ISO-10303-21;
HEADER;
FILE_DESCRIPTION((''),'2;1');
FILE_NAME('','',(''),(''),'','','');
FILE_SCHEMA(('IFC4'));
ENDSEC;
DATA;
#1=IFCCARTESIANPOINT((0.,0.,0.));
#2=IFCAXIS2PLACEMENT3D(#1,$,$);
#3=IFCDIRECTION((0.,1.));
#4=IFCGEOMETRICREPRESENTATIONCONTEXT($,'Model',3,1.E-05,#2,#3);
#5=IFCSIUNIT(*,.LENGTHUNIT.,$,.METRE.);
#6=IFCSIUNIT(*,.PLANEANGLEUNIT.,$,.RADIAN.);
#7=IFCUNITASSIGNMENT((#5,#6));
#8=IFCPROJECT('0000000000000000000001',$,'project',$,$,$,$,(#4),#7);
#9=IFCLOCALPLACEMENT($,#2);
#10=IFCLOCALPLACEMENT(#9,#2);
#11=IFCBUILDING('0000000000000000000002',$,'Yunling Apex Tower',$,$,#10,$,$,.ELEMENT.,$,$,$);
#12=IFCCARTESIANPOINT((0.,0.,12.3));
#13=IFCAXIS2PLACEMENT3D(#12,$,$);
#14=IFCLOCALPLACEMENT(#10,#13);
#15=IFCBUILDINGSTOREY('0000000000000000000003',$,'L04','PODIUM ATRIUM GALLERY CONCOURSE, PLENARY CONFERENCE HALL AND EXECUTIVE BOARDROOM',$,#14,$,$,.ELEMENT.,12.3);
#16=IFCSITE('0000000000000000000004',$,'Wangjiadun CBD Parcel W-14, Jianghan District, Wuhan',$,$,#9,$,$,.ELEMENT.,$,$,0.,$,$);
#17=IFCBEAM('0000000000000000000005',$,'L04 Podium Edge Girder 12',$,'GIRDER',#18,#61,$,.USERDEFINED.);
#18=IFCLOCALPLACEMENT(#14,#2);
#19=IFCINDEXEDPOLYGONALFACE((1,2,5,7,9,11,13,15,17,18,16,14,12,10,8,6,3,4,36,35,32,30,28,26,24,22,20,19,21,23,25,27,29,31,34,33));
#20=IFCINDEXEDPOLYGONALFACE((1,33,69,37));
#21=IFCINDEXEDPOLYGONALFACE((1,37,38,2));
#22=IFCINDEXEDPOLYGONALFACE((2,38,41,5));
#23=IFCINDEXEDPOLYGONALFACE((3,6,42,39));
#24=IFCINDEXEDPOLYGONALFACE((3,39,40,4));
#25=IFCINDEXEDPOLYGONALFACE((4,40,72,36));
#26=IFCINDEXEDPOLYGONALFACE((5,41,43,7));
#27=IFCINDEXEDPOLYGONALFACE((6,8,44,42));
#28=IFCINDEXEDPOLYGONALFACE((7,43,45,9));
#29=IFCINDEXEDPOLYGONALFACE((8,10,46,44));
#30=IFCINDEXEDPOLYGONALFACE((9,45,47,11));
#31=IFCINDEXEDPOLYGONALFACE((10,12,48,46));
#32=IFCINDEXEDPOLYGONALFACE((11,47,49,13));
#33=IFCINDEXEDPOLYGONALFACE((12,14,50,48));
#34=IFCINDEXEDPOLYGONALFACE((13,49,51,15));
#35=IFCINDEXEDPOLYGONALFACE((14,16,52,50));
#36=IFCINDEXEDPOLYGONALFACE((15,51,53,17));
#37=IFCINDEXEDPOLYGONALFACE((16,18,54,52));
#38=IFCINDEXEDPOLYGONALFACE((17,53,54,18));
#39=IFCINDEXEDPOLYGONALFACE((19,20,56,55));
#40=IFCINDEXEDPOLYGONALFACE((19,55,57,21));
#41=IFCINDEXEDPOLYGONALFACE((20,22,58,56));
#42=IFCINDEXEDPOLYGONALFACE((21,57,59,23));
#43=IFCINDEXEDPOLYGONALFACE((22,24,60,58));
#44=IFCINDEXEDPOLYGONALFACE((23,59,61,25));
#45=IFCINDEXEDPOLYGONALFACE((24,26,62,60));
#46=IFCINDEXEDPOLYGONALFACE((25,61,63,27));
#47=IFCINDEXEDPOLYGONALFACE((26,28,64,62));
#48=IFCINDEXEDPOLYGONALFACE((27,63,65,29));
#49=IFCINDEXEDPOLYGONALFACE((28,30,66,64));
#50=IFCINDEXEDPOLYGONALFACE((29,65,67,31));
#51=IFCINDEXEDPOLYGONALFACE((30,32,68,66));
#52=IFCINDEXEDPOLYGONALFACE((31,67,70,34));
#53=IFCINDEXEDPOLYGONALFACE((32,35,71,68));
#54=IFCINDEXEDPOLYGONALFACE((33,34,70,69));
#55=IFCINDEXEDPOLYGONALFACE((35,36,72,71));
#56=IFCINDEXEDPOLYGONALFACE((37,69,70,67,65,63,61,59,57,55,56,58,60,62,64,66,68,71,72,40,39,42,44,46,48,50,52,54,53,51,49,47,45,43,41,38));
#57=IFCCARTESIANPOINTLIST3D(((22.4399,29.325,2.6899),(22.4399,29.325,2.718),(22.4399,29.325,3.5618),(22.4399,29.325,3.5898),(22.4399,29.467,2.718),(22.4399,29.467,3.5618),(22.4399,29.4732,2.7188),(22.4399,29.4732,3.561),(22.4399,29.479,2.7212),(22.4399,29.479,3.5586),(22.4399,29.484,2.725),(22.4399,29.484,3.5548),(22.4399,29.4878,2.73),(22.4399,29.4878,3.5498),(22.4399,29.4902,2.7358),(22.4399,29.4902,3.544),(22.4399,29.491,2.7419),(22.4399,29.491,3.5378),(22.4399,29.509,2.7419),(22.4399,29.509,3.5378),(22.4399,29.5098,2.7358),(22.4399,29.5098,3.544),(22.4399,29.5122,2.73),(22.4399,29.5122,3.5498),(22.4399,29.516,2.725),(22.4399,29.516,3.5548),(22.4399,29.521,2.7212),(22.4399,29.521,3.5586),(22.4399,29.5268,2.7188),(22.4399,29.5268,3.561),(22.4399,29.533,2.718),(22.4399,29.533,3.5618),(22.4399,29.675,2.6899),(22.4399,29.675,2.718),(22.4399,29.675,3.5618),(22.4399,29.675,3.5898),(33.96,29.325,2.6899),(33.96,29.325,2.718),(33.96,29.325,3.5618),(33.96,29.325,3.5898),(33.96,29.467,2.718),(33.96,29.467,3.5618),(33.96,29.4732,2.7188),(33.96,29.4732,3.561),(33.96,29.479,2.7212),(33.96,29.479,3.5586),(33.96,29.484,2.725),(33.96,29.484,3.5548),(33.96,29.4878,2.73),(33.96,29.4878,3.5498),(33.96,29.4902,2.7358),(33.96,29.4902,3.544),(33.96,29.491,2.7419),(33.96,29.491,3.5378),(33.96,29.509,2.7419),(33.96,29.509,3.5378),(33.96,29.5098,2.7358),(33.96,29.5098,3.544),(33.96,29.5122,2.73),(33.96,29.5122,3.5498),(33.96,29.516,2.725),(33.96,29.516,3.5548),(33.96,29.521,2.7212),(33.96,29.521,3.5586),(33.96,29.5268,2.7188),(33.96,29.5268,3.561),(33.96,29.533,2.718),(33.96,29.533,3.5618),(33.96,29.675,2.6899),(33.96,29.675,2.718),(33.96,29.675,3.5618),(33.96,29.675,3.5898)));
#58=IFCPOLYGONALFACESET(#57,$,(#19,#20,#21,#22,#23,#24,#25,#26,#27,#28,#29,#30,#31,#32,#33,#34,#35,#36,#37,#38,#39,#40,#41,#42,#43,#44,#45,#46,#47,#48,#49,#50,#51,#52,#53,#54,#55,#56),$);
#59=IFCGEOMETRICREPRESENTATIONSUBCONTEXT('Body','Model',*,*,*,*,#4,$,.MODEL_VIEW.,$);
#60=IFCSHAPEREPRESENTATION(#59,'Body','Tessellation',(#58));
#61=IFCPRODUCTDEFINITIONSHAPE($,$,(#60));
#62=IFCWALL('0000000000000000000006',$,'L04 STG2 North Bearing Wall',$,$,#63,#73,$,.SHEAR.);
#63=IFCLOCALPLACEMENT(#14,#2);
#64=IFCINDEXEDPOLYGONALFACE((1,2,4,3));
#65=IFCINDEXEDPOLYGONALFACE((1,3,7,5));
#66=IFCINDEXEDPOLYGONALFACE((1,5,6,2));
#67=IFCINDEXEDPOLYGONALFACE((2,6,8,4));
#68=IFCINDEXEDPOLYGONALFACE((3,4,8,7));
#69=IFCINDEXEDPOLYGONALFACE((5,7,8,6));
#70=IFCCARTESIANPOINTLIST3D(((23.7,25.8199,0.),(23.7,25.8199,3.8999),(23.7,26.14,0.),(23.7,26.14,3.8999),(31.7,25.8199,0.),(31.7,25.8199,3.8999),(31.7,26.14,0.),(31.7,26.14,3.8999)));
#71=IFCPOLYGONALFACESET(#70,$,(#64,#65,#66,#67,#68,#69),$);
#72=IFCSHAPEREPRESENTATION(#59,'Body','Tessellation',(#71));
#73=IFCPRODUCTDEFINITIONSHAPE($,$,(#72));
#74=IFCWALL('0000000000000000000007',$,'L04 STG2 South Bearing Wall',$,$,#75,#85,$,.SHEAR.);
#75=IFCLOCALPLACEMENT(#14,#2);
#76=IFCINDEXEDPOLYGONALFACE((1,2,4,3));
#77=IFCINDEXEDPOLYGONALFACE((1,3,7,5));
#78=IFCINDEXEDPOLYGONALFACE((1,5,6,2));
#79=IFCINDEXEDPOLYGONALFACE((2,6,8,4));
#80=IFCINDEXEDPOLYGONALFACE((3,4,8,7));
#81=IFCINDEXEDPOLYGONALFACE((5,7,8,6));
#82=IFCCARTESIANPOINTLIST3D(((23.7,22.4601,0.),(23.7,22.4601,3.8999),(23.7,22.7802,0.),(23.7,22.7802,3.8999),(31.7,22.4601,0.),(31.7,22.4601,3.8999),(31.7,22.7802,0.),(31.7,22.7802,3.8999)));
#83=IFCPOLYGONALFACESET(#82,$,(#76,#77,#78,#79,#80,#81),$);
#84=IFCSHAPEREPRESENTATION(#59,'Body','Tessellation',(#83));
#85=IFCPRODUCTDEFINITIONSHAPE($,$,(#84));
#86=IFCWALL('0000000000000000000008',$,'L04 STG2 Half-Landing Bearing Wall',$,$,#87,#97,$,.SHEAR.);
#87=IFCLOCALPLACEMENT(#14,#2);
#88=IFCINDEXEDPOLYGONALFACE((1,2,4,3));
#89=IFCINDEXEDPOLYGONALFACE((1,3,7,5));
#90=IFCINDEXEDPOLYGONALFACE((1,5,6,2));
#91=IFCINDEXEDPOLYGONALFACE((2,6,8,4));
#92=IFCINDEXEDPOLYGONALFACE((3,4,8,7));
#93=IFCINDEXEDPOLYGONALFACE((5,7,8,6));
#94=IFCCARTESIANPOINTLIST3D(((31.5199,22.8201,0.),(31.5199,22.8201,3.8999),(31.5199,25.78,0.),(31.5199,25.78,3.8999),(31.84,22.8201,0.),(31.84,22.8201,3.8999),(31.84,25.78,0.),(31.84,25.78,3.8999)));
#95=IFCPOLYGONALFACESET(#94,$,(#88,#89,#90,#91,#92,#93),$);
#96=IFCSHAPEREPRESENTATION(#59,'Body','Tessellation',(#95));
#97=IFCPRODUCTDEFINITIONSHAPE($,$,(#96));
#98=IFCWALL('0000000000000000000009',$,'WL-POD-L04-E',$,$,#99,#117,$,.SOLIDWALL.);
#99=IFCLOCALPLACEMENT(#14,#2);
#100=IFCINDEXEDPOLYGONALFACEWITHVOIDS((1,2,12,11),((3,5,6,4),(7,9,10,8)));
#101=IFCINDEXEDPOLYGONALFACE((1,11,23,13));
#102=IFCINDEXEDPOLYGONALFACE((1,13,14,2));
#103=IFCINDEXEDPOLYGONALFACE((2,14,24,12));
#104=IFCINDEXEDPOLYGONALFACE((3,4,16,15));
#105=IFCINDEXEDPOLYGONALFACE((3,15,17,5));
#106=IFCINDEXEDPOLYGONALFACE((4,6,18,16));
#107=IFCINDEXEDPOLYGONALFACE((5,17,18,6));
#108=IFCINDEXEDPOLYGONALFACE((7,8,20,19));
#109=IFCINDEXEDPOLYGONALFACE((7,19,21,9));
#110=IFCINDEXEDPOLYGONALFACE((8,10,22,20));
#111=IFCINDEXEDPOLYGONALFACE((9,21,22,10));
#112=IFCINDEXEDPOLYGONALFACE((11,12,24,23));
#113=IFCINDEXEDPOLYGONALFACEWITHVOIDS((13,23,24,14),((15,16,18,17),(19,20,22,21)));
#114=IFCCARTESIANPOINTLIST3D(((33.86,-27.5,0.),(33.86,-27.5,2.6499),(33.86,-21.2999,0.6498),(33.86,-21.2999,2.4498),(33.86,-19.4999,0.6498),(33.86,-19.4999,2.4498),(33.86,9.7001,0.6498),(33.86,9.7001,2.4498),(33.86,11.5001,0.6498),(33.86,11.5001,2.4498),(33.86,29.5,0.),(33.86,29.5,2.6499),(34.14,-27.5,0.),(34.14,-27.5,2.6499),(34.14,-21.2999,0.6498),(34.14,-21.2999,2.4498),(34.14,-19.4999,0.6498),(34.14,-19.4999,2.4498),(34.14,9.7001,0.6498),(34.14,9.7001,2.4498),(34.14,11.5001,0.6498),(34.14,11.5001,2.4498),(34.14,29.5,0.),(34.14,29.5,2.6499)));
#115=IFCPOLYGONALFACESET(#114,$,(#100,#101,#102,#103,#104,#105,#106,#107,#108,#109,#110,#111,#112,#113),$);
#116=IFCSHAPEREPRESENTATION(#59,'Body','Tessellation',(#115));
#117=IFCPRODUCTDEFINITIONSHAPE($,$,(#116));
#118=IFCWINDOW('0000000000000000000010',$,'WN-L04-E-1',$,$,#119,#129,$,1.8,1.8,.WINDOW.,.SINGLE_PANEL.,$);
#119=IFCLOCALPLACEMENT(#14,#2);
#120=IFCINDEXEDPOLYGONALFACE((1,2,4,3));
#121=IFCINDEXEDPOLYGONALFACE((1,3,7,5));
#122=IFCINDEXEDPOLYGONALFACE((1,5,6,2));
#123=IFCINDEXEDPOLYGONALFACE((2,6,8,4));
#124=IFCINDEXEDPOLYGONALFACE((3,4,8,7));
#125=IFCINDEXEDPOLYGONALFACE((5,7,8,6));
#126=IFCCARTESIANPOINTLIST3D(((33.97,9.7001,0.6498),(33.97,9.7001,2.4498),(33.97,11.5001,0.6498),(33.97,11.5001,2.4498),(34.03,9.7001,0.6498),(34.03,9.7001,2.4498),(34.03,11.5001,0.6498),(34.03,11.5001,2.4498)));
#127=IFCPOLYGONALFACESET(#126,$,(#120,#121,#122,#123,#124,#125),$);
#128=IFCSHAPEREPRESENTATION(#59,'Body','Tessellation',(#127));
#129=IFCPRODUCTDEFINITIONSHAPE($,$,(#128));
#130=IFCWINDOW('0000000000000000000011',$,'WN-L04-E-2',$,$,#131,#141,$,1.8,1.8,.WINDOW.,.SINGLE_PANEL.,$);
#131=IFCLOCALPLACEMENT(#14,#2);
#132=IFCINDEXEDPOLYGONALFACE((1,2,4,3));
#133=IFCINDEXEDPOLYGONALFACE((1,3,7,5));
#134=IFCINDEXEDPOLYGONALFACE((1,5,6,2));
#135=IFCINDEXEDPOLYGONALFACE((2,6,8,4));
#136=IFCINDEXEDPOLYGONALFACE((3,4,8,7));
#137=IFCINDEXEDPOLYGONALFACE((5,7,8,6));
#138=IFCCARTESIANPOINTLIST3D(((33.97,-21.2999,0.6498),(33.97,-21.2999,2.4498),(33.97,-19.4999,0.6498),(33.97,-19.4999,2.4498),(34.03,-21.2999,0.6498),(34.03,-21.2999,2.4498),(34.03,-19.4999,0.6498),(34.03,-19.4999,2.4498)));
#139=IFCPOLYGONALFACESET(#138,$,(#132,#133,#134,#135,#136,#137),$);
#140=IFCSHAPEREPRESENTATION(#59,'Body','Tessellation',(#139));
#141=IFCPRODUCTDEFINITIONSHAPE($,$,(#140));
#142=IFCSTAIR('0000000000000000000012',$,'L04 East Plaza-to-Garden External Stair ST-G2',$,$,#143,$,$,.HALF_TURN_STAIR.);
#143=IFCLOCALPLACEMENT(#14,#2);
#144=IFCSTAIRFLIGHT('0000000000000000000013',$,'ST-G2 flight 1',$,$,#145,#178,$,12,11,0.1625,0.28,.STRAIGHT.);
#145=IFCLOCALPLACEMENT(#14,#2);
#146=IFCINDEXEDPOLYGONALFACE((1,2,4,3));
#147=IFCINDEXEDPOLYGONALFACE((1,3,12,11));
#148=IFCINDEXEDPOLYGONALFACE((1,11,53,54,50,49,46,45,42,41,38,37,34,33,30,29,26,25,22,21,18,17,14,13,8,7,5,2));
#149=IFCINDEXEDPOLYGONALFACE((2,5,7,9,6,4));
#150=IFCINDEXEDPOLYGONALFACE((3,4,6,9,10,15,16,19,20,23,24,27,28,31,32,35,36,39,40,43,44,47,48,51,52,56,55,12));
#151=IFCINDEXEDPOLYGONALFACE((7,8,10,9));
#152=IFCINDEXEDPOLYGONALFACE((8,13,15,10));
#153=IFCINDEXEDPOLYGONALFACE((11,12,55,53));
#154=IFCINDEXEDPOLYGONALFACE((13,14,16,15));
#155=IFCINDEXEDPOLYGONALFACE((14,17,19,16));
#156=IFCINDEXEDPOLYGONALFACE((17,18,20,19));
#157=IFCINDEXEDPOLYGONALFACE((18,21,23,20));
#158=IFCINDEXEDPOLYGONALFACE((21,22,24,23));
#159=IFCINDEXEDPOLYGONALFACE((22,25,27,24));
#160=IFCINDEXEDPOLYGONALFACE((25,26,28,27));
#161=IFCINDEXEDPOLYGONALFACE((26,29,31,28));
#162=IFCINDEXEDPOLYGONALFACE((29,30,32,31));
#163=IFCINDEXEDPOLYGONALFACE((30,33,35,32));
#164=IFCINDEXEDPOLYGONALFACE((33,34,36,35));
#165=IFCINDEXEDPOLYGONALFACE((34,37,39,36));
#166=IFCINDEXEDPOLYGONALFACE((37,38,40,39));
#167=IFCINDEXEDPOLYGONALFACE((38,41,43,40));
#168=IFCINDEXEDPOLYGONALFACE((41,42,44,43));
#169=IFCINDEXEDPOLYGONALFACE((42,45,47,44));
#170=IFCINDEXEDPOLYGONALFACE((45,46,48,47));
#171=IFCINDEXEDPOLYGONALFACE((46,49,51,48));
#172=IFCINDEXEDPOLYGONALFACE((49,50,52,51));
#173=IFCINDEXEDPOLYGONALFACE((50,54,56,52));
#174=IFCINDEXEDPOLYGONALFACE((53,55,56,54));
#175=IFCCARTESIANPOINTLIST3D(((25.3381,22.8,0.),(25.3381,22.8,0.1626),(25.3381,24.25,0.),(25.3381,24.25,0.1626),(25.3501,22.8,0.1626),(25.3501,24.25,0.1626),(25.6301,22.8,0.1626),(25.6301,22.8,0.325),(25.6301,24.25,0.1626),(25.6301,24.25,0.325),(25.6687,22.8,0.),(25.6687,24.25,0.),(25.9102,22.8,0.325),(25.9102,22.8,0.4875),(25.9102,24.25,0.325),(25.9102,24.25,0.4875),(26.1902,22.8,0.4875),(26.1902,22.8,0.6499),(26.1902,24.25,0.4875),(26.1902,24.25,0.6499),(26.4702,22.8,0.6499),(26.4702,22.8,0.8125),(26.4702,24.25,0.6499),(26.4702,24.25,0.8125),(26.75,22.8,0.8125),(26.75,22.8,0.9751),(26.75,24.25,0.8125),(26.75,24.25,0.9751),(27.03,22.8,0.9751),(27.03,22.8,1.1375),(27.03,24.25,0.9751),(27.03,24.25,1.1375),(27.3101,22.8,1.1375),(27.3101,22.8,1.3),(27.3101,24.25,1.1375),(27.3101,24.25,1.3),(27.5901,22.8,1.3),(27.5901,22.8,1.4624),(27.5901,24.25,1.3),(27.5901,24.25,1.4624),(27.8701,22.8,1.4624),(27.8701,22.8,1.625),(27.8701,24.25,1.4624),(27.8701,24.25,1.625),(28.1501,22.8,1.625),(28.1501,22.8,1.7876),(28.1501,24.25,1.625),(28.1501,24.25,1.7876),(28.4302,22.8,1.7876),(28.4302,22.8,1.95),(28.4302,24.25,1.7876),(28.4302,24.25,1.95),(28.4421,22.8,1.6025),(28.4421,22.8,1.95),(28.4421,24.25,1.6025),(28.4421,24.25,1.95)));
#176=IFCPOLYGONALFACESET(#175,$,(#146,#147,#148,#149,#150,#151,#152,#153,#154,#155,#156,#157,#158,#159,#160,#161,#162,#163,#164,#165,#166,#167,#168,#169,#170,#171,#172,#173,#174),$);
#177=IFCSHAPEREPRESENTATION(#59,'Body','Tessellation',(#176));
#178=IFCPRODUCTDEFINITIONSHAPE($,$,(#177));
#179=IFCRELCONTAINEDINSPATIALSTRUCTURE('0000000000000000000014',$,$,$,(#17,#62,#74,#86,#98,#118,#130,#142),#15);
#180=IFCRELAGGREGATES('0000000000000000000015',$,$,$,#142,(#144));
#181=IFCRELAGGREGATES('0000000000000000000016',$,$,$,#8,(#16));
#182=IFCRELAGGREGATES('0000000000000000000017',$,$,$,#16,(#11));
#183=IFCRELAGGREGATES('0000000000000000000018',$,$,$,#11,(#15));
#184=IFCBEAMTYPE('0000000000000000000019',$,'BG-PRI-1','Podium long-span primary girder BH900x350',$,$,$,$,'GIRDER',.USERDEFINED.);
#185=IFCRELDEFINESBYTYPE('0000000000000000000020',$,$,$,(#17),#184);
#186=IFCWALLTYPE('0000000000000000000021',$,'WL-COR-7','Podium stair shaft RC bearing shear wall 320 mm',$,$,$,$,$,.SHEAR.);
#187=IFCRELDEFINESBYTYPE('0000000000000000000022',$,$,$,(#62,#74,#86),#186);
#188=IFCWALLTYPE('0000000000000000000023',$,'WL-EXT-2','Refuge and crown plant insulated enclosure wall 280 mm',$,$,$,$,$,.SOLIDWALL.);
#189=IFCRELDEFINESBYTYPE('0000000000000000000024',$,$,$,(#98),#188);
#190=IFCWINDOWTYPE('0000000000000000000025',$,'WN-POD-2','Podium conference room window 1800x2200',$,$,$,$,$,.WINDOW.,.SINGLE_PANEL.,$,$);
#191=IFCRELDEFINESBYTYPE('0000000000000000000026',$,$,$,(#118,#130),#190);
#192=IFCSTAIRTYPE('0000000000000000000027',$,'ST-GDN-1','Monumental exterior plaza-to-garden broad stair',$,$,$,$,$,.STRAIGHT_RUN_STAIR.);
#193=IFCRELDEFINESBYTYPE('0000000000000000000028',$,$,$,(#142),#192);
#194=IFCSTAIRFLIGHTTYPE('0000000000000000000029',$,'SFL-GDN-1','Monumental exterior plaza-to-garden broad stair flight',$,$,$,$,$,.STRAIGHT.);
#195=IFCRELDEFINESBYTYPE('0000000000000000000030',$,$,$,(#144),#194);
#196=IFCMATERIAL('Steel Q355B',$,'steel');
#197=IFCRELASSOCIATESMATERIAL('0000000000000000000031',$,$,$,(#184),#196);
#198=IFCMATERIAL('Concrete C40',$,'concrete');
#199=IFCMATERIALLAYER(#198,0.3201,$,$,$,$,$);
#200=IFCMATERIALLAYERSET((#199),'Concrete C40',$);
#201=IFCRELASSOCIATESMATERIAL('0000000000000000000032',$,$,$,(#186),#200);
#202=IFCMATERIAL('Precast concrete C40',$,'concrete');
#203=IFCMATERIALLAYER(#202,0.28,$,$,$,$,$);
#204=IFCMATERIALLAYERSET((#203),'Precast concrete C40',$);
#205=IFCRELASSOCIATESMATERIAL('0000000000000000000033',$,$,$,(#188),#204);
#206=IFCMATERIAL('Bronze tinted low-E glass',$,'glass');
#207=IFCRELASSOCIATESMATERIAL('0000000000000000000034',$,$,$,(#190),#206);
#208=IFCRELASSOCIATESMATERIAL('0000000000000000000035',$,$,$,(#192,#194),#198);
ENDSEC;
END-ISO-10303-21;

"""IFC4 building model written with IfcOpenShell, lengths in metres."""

from ifc_helpers import new_model, si_unit, direction, frame, frame_2d, origin, origin_2d, place, context, subcontext, project, spatial, polyline, rectangle, i_section, outline, extrude, source, transform, mapped, material, layer, layer_set, material_profile, profile_set, type_object, element, fill, aggregate, save


model = new_model("IFC4")

# Units and contexts
model_context = context("Model", 3, precision=1e-05, world=origin(), true_north=direction((0.0, 1.0)))
body_context = subcontext(model_context, "Body", "Model", "MODEL_VIEW")
ifc_project = project(units=[si_unit("LENGTHUNIT", "METRE"), si_unit("PLANEANGLEUNIT", "RADIAN")], contexts=[model_context])

# Site, building, storey
site_placement = place(None, origin())
site = spatial("IfcSite", under=ifc_project, at=site_placement, Name="Wangjiadun CBD Parcel W-14, Jianghan District, Wuhan", CompositionType="ELEMENT", RefElevation=0.0)
building_placement = place(site_placement, origin())
building = spatial("IfcBuilding", under=site, at=building_placement, Name="Yunling Apex Tower", CompositionType="ELEMENT")
storey_placement = place(building_placement, frame((0.0, 0.0, 12.3)))
storey = spatial("IfcBuildingStorey", under=building, at=storey_placement, Name="L04", Description="PODIUM ATRIUM GALLERY CONCOURSE, PLENARY CONFERENCE HALL AND EXECUTIVE BOARDROOM", CompositionType="ELEMENT", Elevation=12.3)

# Beam
ifc_material_1 = material(Name="Steel Q355B", Category="steel")
ifc_material_profile_1 = material_profile(ifc_material_1, i_section(OverallWidth=0.3501, OverallDepth=0.8999, WebThickness=0.0181, FlangeThickness=0.0281, FilletRadius=0.0239, at=origin_2d()))
ifc_profile_set_1 = profile_set([ifc_material_profile_1], Name="Steel Q355B")
beam_type_1 = type_object("IfcBeamType", Name="BG-PRI-1", Description="Podium long-span primary girder BH900x350", ElementType="GIRDER", PredefinedType="USERDEFINED", material=ifc_profile_set_1)
shared_shape_1 = source(origin(), body_context, "Body", "SweptSolid", [
    extrude(i_section(OverallWidth=0.3501, OverallDepth=0.8999, WebThickness=0.0181, FlangeThickness=0.0281, FilletRadius=0.0239, at=origin_2d()), origin(), (0.0, 0.0, 1.0), 11.52),
])
beam_1_placement = place(storey_placement, frame((22.4399, 29.5, 3.1399), z_axis=(1.0, 0.0, 0.0), x_axis=(0.0, 1.0, 0.0)))
element("IfcBeam", 1, at=beam_1_placement, inside=storey, type_object=beam_type_1, Name="L04 Podium Edge Girder 12", ObjectType="GIRDER", PredefinedType="USERDEFINED", context=body_context, shape_type="MappedRepresentation", body=[
    mapped(shared_shape_1, transform((0.0, 0.0, 0.0), scale=1.0)),
])

# Walls
ifc_material_2 = material(Name="Concrete C40", Category="concrete")
ifc_layer_1 = layer(ifc_material_2, 0.3201)
ifc_layer_set_1 = layer_set([ifc_layer_1], Name="Concrete C40")
wall_type_1 = type_object("IfcWallType", Name="WL-COR-7", Description="Podium stair shaft RC bearing shear wall 320 mm", PredefinedType="SHEAR", material=ifc_layer_set_1)
for number, where, z_axis, x_axis, name in (
    (2, (23.7, 25.98, 0.0), (0.0, 0.0, 1.0), (1.0, 0.0, 0.0), "L04 STG2 North Bearing Wall"),
    (3, (23.7, 22.6201, 0.0), (0.0, 0.0, 1.0), (1.0, 0.0, 0.0), "L04 STG2 South Bearing Wall"),
):
    element("IfcWall", number, at=place(storey_placement, frame(where, z_axis=z_axis, x_axis=x_axis)), inside=storey, type_object=wall_type_1, Name=name, PredefinedType="SHEAR", context=body_context, shape_type="SweptSolid", body=[
        extrude(rectangle(XDim=8.0, YDim=0.3201, at=frame_2d((4.0, 0.0))), origin(), (0.0, 0.0, 1.0), 3.8999),
    ])
wall_1_placement = place(storey_placement, frame((31.6799, 22.8201, 0.0), z_axis=(0.0, 0.0, 1.0), x_axis=(0.0, 1.0, 0.0)))
element("IfcWall", 4, at=wall_1_placement, inside=storey, type_object=wall_type_1, Name="L04 STG2 Half-Landing Bearing Wall", PredefinedType="SHEAR", context=body_context, shape_type="SweptSolid", body=[
    extrude(rectangle(XDim=2.96, YDim=0.3201, at=frame_2d((1.48, 0.0))), origin(), (0.0, 0.0, 1.0), 3.8999),
])

# Wall, openings, windows
ifc_material_3 = material(Name="Precast concrete C40", Category="concrete")
ifc_layer_2 = layer(ifc_material_3, 0.28)
ifc_layer_set_2 = layer_set([ifc_layer_2], Name="Precast concrete C40")
wall_type_2 = type_object("IfcWallType", Name="WL-EXT-2", Description="Refuge and crown plant insulated enclosure wall 280 mm", PredefinedType="SOLIDWALL", material=ifc_layer_set_2)
wall_2_placement = place(storey_placement, frame((34.0, 29.5, 0.0), z_axis=(0.0, 0.0, 1.0), x_axis=(0.0, -1.0, 0.0)))
wall_2 = element("IfcWall", 5, at=wall_2_placement, inside=storey, type_object=wall_type_2, Name="WL-POD-L04-E", PredefinedType="SOLIDWALL", context=body_context, shape_type="SweptSolid", body=[
    extrude(rectangle(XDim=57.0, YDim=0.28, at=frame_2d((28.5, 0.0))), origin(), (0.0, 0.0, 1.0), 2.6499),
])
opening_1_placement = place(wall_2_placement, frame((18.0, 0.0, 0.6499)))
opening_1 = element("IfcOpeningElement", 6, at=opening_1_placement, cuts=wall_2, PredefinedType="OPENING", context=body_context, shape_type="SweptSolid", body=[
    extrude(rectangle(XDim=1.8, YDim=1.8, at=frame_2d((0.8999, 0.8999))), frame((0.0, 0.1499, 0.0), z_axis=(0.0, -1.0, 0.0), x_axis=(1.0, 0.0, 0.0)), (0.0, 0.0, 1.0), 0.3),
])
opening_2_placement = place(wall_2_placement, frame((49.0, 0.0, 0.6499)))
opening_2 = element("IfcOpeningElement", 7, at=opening_2_placement, cuts=wall_2, PredefinedType="OPENING", context=body_context, shape_type="SweptSolid", body=[
    extrude(rectangle(XDim=1.8, YDim=1.8, at=frame_2d((0.8999, 0.8999))), frame((0.0, 0.1499, 0.0), z_axis=(0.0, -1.0, 0.0), x_axis=(1.0, 0.0, 0.0)), (0.0, 0.0, 1.0), 0.3),
])
ifc_material_4 = material(Name="Bronze tinted low-E glass", Category="glass")
window_type = type_object("IfcWindowType", Name="WN-POD-2", Description="Podium conference room window 1800x2200", PartitioningType="SINGLE_PANEL", PredefinedType="WINDOW", material=ifc_material_4)
window_1_placement = place(opening_1_placement, origin())
window_1 = element("IfcWindow", 8, at=window_1_placement, inside=storey, type_object=window_type, Name="WN-L04-E-1", OverallHeight=1.8, OverallWidth=1.8, PartitioningType="SINGLE_PANEL", PredefinedType="WINDOW", context=body_context, shape_type="SweptSolid", body=[
    extrude(rectangle(XDim=1.8, YDim=1.8, at=frame_2d((0.8999, 0.8999))), frame((0.0, 0.03, 0.0), z_axis=(0.0, -1.0, 0.0), x_axis=(1.0, 0.0, 0.0)), (0.0, 0.0, 1.0), 0.0601),
])
fill(opening_1, window_1)
window_2_placement = place(opening_2_placement, origin())
window_2 = element("IfcWindow", 9, at=window_2_placement, inside=storey, type_object=window_type, Name="WN-L04-E-2", OverallHeight=1.8, OverallWidth=1.8, PartitioningType="SINGLE_PANEL", PredefinedType="WINDOW", context=body_context, shape_type="SweptSolid", body=[
    extrude(rectangle(XDim=1.8, YDim=1.8, at=frame_2d((0.8999, 0.8999))), frame((0.0, 0.03, 0.0), z_axis=(0.0, -1.0, 0.0), x_axis=(1.0, 0.0, 0.0)), (0.0, 0.0, 1.0), 0.0601),
])
fill(opening_2, window_2)

# Stair, stair flight
stair_type = type_object("IfcStairType", Name="ST-GDN-1", Description="Monumental exterior plaza-to-garden broad stair", PredefinedType="STRAIGHT_RUN_STAIR", material=ifc_material_2)
stair_placement = place(storey_placement, origin())
stair = element("IfcStair", 10, at=stair_placement, inside=storey, type_object=stair_type, Name="L04 East Plaza-to-Garden External Stair ST-G2", PredefinedType="HALF_TURN_STAIR")
stair_flight_type = type_object("IfcStairFlightType", Name="SFL-GDN-1", Description="Monumental exterior plaza-to-garden broad stair flight", PredefinedType="STRAIGHT", material=ifc_material_2)
stair_flight_1_placement = place(storey_placement, frame((25.3501, 23.5249, 0.0), z_axis=(0.0, 0.0, 1.0), x_axis=(1.0, 0.0, 0.0)))
stair_flight_1 = element("IfcStairFlight", 11, at=stair_flight_1_placement, type_object=stair_flight_type, Name="ST-G2 flight 1", NumberOfRisers=12, NumberOfTreads=11, PredefinedType="STRAIGHT", RiserHeight=0.1625, TreadLength=0.28, context=body_context, shape_type="SweptSolid", body=[
    extrude(outline(polyline([(-0.012, 0.0), (-0.012, 0.1626), (0.0, 0.1626), (0.28, 0.1626), (0.28, 0.325), (0.5601, 0.325), (0.5601, 0.4875), (0.8401, 0.4875), (0.8401, 0.6499), (1.1201, 0.6499), (1.1201, 0.8125), (1.3999, 0.8125), (1.3999, 0.9751), (1.6799, 0.9751), (1.6799, 1.1375), (1.96, 1.1375), (1.96, 1.3), (2.24, 1.3), (2.24, 1.4624), (2.52, 1.4624), (2.52, 1.625), (2.8, 1.625), (2.8, 1.7876), (3.0801, 1.7876), (3.0801, 1.95), (3.092, 1.95), (3.092, 1.6025), (0.3186, 0.0), (-0.012, 0.0)])), frame((0.0, 0.7251, 0.0), z_axis=(0.0, -1.0, 0.0), x_axis=(1.0, 0.0, 0.0)), (0.0, 0.0, 1.0), 1.45),
])
aggregate(stair, [stair_flight_1])

save(model, "model.ifc")
